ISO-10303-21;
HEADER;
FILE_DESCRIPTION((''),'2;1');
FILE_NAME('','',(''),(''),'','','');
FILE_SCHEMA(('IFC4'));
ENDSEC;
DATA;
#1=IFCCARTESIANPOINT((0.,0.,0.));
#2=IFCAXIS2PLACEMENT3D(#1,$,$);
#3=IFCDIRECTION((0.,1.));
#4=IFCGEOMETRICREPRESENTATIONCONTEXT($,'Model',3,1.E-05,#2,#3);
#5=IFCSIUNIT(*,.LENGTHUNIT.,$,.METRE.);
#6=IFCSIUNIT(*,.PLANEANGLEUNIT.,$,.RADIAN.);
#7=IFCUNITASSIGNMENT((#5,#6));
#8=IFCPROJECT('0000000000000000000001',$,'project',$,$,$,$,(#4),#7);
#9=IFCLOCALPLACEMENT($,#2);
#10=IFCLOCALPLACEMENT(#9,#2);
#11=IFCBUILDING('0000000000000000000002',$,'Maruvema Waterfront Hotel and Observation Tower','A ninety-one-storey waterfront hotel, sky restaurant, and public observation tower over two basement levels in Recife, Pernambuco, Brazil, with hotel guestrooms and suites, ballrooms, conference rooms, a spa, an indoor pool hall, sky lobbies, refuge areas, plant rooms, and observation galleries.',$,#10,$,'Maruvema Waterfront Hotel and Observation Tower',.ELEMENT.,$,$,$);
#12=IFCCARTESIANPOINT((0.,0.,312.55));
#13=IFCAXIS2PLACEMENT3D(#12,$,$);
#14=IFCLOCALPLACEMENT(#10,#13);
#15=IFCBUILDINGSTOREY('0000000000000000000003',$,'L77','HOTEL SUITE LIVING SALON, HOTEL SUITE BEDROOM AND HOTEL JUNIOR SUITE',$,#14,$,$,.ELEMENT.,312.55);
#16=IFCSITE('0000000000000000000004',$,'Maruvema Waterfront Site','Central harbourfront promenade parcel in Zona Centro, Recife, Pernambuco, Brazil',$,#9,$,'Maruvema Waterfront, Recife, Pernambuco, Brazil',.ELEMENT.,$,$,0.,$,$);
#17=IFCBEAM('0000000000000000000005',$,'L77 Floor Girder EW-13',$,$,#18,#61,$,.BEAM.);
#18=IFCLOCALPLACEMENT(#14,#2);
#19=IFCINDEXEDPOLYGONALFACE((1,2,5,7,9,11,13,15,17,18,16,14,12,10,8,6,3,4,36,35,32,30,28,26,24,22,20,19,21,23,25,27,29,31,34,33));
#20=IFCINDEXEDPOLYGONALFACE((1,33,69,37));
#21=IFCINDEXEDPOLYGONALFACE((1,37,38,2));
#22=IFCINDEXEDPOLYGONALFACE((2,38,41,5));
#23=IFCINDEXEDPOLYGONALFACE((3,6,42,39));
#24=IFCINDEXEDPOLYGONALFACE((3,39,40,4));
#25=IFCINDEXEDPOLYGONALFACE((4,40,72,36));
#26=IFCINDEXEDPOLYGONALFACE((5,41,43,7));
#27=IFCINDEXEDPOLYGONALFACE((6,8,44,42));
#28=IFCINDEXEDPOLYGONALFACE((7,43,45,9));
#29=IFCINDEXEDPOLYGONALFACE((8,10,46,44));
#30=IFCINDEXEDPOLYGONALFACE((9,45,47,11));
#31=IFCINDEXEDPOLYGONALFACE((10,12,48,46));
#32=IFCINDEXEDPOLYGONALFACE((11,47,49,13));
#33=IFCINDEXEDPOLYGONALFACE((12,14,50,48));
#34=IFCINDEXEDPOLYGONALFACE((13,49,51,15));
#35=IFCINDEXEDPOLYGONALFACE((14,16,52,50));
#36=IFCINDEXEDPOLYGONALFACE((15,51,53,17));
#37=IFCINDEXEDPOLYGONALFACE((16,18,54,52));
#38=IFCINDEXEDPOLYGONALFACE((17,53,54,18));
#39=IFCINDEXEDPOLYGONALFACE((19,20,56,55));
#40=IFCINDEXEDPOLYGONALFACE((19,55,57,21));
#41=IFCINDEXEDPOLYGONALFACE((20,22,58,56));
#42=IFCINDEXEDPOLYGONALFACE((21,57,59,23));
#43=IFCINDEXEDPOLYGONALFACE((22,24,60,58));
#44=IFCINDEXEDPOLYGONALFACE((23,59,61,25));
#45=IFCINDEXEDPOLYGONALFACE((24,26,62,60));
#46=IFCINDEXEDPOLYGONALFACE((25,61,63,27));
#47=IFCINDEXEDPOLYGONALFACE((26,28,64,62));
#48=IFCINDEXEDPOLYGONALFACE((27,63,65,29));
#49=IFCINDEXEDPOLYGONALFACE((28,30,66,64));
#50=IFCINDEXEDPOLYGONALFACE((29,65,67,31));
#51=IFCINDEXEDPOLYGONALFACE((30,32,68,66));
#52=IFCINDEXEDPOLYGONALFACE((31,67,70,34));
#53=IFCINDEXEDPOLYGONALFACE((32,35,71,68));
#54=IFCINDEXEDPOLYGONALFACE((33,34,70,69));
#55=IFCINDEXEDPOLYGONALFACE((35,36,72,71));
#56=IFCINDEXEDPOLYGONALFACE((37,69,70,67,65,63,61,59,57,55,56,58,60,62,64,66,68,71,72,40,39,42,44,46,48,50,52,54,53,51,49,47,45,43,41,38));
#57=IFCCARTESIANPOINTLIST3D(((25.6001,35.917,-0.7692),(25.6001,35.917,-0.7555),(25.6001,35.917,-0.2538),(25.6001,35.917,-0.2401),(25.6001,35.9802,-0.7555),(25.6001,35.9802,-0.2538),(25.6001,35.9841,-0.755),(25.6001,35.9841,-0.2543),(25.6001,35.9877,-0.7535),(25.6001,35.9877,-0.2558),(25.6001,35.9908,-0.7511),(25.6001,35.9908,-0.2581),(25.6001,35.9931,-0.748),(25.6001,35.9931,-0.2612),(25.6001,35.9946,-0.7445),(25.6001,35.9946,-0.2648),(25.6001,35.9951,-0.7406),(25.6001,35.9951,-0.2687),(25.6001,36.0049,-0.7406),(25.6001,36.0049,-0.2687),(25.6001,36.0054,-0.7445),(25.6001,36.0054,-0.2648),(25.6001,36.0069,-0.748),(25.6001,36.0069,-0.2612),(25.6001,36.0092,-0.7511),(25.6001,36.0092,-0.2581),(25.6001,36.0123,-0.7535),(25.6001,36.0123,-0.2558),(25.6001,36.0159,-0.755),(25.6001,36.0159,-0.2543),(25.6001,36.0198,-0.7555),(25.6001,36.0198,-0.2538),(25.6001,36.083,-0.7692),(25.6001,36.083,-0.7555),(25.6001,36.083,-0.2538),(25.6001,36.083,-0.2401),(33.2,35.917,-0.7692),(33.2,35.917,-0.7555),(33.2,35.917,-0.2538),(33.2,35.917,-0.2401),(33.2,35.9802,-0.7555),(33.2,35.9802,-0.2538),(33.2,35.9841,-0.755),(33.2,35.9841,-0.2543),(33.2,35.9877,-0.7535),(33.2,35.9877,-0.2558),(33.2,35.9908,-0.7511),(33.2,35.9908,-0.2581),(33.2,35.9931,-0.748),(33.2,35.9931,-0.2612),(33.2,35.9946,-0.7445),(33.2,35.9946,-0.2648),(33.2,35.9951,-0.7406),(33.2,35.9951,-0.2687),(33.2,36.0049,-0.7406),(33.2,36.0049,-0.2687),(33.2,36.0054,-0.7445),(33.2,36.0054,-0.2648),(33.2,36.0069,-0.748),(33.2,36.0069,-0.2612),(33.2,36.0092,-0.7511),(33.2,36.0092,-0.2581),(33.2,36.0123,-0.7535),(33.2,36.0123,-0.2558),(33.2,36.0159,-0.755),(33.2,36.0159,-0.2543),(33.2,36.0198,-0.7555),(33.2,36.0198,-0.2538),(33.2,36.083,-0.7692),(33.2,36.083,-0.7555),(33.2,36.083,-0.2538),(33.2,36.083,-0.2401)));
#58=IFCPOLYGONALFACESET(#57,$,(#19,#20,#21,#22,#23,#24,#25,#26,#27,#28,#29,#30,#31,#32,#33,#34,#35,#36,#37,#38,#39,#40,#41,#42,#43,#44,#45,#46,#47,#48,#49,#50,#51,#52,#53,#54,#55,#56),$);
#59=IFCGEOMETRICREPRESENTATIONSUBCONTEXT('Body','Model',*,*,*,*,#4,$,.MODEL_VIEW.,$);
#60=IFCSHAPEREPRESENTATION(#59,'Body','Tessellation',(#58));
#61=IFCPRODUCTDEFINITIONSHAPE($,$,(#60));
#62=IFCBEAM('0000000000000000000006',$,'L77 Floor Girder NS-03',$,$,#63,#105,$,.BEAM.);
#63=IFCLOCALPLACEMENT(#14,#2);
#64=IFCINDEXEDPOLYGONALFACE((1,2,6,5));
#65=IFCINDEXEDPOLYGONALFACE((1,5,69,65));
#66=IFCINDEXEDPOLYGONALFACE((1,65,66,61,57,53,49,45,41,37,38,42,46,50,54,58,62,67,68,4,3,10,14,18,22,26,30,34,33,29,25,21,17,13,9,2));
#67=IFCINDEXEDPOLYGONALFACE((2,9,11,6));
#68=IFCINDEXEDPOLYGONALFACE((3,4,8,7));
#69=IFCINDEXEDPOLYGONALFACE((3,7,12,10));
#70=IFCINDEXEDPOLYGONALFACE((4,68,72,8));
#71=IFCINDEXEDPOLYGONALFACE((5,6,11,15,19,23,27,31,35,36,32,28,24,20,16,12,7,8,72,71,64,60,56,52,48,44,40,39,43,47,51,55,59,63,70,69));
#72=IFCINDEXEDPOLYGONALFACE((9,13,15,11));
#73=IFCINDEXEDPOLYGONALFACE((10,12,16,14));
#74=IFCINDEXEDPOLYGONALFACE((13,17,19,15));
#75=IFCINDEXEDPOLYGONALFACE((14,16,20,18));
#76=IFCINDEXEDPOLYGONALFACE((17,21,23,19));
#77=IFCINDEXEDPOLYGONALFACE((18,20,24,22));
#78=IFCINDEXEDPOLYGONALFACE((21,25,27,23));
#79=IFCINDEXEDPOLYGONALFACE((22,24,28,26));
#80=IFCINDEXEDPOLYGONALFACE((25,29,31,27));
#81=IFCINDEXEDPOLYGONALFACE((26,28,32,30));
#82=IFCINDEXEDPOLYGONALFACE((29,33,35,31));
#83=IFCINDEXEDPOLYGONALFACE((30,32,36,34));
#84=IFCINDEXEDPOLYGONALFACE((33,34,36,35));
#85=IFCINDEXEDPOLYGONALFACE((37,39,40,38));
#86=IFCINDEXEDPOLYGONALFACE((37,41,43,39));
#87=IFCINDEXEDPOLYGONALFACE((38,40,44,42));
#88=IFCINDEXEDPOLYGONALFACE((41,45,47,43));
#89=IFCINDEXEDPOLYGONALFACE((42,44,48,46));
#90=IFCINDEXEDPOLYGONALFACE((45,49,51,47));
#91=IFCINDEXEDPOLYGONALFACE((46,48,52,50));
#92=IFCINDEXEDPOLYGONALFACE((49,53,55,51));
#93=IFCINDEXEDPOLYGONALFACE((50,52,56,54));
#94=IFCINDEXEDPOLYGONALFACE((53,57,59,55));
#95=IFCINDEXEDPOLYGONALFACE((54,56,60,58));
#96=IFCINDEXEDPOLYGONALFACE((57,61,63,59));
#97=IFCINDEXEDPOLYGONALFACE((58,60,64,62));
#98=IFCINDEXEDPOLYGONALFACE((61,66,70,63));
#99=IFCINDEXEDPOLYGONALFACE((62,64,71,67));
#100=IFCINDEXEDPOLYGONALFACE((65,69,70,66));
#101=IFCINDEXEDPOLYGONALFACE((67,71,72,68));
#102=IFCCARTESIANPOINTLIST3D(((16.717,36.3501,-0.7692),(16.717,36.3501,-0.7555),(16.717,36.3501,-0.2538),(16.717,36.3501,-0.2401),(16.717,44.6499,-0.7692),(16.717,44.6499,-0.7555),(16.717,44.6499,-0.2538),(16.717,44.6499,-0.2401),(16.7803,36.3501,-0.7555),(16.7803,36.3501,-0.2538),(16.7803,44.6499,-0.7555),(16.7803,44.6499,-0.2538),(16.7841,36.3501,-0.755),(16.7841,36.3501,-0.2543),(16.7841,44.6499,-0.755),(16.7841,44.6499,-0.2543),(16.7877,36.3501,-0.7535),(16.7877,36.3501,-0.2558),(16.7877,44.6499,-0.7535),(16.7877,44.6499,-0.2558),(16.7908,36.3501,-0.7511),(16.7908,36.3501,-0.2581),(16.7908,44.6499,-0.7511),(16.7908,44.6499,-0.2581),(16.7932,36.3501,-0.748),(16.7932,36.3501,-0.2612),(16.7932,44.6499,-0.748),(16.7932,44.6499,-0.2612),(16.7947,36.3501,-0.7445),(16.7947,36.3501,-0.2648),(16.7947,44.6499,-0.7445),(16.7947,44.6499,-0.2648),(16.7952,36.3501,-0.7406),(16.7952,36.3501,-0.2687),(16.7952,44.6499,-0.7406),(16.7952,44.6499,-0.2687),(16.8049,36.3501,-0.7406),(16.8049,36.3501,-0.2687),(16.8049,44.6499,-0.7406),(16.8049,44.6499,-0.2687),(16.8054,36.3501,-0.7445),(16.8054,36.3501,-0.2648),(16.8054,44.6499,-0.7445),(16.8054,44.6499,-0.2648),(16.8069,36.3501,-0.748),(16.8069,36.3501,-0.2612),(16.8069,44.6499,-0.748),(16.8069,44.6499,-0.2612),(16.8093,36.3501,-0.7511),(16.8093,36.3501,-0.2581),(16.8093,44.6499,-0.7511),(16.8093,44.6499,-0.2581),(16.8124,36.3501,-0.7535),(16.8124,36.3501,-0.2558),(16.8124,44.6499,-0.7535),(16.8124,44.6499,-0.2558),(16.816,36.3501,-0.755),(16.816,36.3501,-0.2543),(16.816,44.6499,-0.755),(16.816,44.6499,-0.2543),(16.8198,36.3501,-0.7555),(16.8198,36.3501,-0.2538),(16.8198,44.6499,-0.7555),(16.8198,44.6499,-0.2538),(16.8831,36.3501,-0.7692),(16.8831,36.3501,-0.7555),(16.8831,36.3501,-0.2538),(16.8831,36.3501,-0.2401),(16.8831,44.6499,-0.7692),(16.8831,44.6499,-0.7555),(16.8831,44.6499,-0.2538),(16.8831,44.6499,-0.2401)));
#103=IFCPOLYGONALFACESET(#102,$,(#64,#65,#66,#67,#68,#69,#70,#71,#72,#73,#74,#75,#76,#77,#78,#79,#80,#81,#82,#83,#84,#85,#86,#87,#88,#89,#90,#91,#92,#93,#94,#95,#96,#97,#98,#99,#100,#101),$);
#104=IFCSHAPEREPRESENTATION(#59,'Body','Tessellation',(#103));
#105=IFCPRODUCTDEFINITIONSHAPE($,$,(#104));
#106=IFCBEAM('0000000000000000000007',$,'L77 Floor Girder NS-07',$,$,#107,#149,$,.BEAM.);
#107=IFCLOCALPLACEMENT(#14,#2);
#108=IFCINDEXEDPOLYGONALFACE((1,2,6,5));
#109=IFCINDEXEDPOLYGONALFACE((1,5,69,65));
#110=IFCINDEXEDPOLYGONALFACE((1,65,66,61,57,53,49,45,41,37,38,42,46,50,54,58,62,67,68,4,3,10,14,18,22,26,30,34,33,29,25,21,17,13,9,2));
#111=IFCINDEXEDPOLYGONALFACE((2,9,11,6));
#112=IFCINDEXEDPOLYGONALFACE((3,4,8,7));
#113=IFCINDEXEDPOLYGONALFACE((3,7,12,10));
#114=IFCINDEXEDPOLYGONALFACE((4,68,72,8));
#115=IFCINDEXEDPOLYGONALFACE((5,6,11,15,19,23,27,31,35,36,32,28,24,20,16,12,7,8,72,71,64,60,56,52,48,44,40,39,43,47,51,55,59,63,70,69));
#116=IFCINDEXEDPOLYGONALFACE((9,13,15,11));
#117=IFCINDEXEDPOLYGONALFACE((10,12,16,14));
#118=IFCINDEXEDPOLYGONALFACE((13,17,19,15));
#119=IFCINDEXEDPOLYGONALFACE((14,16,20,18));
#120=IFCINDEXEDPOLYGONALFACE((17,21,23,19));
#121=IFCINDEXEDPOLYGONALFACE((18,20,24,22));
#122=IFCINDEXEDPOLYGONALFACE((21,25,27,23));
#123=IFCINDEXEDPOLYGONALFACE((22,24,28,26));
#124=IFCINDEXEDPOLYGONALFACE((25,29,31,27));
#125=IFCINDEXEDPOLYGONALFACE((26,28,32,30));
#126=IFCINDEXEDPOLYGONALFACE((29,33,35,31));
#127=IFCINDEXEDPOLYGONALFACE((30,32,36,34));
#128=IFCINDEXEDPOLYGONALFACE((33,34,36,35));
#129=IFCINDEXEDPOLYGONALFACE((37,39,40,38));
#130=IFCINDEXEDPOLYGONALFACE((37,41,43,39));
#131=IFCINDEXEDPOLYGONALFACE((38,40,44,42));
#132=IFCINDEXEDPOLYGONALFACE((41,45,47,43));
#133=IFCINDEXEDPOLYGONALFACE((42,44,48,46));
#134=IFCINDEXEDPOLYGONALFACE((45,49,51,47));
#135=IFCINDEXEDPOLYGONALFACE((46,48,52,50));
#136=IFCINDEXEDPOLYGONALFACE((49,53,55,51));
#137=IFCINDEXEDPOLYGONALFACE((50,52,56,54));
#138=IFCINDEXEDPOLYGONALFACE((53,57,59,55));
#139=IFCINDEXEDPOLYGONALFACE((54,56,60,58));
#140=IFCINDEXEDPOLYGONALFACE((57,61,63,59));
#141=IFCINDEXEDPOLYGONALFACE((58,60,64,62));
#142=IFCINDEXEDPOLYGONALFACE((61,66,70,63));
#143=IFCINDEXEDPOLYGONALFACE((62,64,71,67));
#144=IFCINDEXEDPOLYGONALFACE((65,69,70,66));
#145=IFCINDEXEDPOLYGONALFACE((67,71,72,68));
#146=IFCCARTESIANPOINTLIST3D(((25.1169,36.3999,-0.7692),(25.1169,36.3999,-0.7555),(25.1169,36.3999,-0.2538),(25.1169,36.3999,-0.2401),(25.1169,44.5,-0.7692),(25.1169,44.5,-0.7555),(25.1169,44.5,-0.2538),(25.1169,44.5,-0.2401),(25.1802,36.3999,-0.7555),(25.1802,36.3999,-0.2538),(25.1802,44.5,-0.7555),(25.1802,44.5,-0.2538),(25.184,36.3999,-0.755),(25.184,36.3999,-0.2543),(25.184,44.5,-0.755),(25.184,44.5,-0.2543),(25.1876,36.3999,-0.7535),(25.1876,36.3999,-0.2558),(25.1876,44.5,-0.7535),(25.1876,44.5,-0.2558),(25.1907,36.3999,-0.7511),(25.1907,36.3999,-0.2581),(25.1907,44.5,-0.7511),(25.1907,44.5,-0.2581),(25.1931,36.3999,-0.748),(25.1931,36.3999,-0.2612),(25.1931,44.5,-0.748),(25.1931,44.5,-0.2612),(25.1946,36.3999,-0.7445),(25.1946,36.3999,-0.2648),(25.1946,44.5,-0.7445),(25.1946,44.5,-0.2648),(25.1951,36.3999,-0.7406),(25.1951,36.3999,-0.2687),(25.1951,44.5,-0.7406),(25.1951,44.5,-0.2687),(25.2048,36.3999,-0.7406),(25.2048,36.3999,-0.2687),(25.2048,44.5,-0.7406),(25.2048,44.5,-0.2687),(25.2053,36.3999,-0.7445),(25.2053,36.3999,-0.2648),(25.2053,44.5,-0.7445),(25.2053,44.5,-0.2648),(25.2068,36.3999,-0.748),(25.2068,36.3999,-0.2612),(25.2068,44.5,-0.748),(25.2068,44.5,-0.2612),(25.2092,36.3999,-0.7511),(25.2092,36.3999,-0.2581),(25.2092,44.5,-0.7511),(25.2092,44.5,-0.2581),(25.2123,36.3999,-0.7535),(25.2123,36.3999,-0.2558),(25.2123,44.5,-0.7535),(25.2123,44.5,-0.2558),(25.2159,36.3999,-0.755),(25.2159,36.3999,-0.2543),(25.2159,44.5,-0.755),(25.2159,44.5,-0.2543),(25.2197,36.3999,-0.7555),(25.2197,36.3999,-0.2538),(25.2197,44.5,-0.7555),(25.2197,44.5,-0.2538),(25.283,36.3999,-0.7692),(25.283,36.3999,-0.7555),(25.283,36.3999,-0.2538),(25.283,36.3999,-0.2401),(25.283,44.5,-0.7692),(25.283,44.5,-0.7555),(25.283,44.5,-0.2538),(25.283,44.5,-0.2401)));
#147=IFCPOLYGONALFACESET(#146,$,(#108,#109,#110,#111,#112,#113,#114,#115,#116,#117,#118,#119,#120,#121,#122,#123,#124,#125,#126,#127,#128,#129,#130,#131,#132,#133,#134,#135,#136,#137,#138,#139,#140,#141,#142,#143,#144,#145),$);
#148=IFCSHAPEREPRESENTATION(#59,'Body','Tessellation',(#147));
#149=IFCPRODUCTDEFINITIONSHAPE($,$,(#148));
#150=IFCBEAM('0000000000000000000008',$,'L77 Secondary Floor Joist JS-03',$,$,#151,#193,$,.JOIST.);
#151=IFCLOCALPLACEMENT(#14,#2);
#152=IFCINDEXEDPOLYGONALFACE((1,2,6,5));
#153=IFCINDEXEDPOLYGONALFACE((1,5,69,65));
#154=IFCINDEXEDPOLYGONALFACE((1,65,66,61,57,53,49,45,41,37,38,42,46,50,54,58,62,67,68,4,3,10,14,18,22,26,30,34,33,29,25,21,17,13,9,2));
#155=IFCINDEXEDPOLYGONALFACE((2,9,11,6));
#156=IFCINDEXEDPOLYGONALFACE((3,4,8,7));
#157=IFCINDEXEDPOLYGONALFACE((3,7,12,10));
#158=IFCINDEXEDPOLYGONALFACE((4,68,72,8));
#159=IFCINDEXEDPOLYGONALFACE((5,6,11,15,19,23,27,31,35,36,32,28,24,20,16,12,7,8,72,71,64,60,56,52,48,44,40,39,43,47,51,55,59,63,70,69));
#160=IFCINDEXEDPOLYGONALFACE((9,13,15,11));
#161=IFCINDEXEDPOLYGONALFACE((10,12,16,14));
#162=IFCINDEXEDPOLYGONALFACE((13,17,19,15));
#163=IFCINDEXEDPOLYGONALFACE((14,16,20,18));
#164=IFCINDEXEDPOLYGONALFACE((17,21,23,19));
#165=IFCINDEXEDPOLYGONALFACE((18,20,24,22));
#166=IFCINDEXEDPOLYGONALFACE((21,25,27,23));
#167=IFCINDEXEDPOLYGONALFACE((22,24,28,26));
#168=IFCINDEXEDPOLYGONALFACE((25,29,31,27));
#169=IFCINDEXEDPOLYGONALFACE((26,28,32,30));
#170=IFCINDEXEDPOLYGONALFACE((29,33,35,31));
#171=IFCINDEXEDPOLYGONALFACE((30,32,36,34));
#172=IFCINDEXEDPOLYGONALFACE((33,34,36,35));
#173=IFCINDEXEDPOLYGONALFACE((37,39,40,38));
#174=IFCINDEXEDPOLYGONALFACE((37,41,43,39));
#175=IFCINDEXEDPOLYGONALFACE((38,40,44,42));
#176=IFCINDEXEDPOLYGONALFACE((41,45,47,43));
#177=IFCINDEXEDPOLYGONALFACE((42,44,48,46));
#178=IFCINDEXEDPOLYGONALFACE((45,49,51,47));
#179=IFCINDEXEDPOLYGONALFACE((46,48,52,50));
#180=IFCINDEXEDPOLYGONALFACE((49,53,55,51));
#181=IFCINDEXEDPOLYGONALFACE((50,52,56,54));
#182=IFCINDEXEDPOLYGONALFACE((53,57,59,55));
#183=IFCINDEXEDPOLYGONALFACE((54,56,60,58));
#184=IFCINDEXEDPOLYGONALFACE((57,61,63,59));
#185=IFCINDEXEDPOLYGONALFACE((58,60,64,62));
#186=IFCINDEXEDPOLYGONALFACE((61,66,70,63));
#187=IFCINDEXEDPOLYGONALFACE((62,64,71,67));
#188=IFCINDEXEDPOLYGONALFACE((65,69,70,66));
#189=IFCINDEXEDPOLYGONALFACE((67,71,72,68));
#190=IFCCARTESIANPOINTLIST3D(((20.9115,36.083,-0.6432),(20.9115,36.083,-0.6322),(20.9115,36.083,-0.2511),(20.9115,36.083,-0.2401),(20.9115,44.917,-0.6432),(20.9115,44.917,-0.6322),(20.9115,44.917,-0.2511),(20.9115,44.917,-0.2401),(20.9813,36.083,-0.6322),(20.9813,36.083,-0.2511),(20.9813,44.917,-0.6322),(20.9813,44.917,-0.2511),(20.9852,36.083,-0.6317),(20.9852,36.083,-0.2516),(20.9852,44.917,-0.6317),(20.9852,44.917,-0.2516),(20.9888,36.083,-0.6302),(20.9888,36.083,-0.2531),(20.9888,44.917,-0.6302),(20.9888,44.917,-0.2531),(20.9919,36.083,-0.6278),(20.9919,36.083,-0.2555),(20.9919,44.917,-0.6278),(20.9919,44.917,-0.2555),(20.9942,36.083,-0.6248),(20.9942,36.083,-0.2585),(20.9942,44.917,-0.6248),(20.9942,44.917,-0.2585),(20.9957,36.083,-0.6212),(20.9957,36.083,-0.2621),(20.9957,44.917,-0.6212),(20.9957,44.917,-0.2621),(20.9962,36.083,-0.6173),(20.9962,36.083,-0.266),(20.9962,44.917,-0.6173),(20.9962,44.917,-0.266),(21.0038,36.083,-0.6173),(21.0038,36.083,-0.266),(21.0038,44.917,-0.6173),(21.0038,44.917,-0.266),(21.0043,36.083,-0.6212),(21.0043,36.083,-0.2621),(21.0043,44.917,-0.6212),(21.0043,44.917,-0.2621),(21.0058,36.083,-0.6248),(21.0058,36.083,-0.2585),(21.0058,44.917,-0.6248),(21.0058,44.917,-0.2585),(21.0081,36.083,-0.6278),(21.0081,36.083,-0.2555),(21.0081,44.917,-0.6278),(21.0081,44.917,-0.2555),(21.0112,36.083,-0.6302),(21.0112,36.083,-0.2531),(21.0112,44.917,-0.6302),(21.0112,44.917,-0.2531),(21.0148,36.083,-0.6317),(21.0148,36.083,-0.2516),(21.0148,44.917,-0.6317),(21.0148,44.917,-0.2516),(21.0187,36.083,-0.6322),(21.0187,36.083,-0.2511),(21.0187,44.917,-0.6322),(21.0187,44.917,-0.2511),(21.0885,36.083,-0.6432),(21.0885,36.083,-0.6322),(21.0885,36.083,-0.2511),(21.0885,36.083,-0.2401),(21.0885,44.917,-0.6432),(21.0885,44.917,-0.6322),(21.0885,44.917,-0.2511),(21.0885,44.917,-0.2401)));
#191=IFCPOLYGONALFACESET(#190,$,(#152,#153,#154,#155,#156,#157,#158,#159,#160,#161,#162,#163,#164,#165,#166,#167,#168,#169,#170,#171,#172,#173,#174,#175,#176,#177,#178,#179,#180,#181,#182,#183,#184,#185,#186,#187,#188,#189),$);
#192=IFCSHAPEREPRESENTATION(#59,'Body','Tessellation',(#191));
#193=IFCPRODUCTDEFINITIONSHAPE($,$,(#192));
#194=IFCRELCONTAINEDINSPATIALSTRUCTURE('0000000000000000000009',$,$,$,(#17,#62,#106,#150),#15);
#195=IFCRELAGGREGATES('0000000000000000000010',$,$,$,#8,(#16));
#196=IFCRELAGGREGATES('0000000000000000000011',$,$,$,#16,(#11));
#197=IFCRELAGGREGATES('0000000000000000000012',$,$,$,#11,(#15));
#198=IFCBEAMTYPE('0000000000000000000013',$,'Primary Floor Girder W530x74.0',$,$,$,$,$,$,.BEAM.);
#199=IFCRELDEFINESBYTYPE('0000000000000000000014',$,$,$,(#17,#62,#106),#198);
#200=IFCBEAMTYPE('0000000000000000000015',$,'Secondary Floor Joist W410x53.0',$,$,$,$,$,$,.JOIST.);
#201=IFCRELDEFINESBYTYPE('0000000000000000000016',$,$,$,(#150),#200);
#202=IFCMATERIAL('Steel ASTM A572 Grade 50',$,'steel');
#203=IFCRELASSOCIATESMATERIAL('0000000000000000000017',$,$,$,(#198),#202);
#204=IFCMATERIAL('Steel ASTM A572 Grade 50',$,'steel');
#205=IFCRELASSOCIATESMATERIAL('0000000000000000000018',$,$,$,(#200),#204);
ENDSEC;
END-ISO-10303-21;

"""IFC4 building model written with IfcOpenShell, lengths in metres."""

from ifc_helpers import new_model, si_unit, direction, frame, origin, origin_2d, place, context, subcontext, project, spatial, i_section, extrude, material, material_profile, profile_set, type_object, element, save


model = new_model("IFC4")

# Units and contexts
model_context = context("Model", 3, precision=1e-05, world=origin(), true_north=direction((0.0, 1.0)))
body_context = subcontext(model_context, "Body", "Model", "MODEL_VIEW")
ifc_project = project(units=[si_unit("LENGTHUNIT", "METRE"), si_unit("PLANEANGLEUNIT", "RADIAN")], contexts=[model_context])

# Site, building, storey
site_placement = place(None, origin())
site = spatial("IfcSite", under=ifc_project, at=site_placement, Name="Maruvema Waterfront Site", Description="Central harbourfront promenade parcel in Zona Centro, Recife, Pernambuco, Brazil", LongName="Maruvema Waterfront, Recife, Pernambuco, Brazil", CompositionType="ELEMENT", RefElevation=0.0)
building_placement = place(site_placement, origin())
building = spatial("IfcBuilding", under=site, at=building_placement, Name="Maruvema Waterfront Hotel and Observation Tower", Description="A ninety-one-storey waterfront hotel, sky restaurant, and public observation tower over two basement levels in Recife, Pernambuco, Brazil, with hotel guestrooms and suites, ballrooms, conference rooms, a spa, an indoor pool hall, sky lobbies, refuge areas, plant rooms, and observation galleries.", LongName="Maruvema Waterfront Hotel and Observation Tower", CompositionType="ELEMENT")
storey_placement = place(building_placement, frame((0.0, 0.0, 312.55)))
storey = spatial("IfcBuildingStorey", under=building, at=storey_placement, Name="L77", Description="HOTEL SUITE LIVING SALON, HOTEL SUITE BEDROOM AND HOTEL JUNIOR SUITE", CompositionType="ELEMENT", Elevation=312.55)

# Beams
ifc_material_1 = material(Name="Steel ASTM A572 Grade 50", Category="steel")
ifc_material_profile_1 = material_profile(ifc_material_1, i_section(OverallWidth=0.166, OverallDepth=0.5291, WebThickness=0.0098, FlangeThickness=0.0137, FilletRadius=0.0149, at=origin_2d()), Name="W530x74.0")
ifc_profile_set_1 = profile_set([ifc_material_profile_1], Name="Steel ASTM A572 Grade 50")
beam_type_1 = type_object("IfcBeamType", Name="Primary Floor Girder W530x74.0", PredefinedType="BEAM", material=ifc_profile_set_1)
beam_1_placement = place(storey_placement, frame((25.6001, 36.0, -0.5046), z_axis=(1.0, 0.0, 0.0), x_axis=(0.0, 1.0, 0.0)))
element("IfcBeam", 1, at=beam_1_placement, inside=storey, type_object=beam_type_1, Name="L77 Floor Girder EW-13", PredefinedType="BEAM", context=body_context, shape_type="SweptSolid", body=[
    extrude(i_section(OverallWidth=0.166, OverallDepth=0.5291, WebThickness=0.0098, FlangeThickness=0.0137, FilletRadius=0.0149, at=origin_2d()), origin(), (0.0, 0.0, 1.0), 7.5999),
])
beam_2_placement = place(storey_placement, frame((16.8, 36.3501, -0.5046), z_axis=(0.0, 1.0, 0.0), x_axis=(-1.0, 0.0, 0.0)))
element("IfcBeam", 2, at=beam_2_placement, inside=storey, type_object=beam_type_1, Name="L77 Floor Girder NS-03", PredefinedType="BEAM", context=body_context, shape_type="SweptSolid", body=[
    extrude(i_section(OverallWidth=0.166, OverallDepth=0.5291, WebThickness=0.0098, FlangeThickness=0.0137, FilletRadius=0.0149, at=origin_2d()), origin(), (0.0, 0.0, 1.0), 8.2998),
])
beam_3_placement = place(storey_placement, frame((25.2, 36.3999, -0.5046), z_axis=(0.0, 1.0, 0.0), x_axis=(-1.0, 0.0, 0.0)))
element("IfcBeam", 3, at=beam_3_placement, inside=storey, type_object=beam_type_1, Name="L77 Floor Girder NS-07", PredefinedType="BEAM", context=body_context, shape_type="SweptSolid", body=[
    extrude(i_section(OverallWidth=0.166, OverallDepth=0.5291, WebThickness=0.0098, FlangeThickness=0.0137, FilletRadius=0.0149, at=origin_2d()), origin(), (0.0, 0.0, 1.0), 8.1001),
])
ifc_material_2 = material(Name="Steel ASTM A572 Grade 50", Category="steel")
ifc_material_profile_2 = material_profile(ifc_material_2, i_section(OverallWidth=0.177, OverallDepth=0.4031, WebThickness=0.0076, FlangeThickness=0.011, FilletRadius=0.0149, at=origin_2d()), Name="W410x53.0")
ifc_profile_set_2 = profile_set([ifc_material_profile_2], Name="Steel ASTM A572 Grade 50")
beam_type_2 = type_object("IfcBeamType", Name="Secondary Floor Joist W410x53.0", PredefinedType="JOIST", material=ifc_profile_set_2)
beam_4_placement = place(storey_placement, frame((21.0, 36.083, -0.4417), z_axis=(0.0, 1.0, 0.0), x_axis=(-1.0, 0.0, 0.0)))
element("IfcBeam", 4, at=beam_4_placement, inside=storey, type_object=beam_type_2, Name="L77 Secondary Floor Joist JS-03", PredefinedType="JOIST", context=body_context, shape_type="SweptSolid", body=[
    extrude(i_section(OverallWidth=0.177, OverallDepth=0.4031, WebThickness=0.0076, FlangeThickness=0.011, FilletRadius=0.0149, at=origin_2d()), origin(), (0.0, 0.0, 1.0), 8.834),
])

save(model, "model.ifc")
